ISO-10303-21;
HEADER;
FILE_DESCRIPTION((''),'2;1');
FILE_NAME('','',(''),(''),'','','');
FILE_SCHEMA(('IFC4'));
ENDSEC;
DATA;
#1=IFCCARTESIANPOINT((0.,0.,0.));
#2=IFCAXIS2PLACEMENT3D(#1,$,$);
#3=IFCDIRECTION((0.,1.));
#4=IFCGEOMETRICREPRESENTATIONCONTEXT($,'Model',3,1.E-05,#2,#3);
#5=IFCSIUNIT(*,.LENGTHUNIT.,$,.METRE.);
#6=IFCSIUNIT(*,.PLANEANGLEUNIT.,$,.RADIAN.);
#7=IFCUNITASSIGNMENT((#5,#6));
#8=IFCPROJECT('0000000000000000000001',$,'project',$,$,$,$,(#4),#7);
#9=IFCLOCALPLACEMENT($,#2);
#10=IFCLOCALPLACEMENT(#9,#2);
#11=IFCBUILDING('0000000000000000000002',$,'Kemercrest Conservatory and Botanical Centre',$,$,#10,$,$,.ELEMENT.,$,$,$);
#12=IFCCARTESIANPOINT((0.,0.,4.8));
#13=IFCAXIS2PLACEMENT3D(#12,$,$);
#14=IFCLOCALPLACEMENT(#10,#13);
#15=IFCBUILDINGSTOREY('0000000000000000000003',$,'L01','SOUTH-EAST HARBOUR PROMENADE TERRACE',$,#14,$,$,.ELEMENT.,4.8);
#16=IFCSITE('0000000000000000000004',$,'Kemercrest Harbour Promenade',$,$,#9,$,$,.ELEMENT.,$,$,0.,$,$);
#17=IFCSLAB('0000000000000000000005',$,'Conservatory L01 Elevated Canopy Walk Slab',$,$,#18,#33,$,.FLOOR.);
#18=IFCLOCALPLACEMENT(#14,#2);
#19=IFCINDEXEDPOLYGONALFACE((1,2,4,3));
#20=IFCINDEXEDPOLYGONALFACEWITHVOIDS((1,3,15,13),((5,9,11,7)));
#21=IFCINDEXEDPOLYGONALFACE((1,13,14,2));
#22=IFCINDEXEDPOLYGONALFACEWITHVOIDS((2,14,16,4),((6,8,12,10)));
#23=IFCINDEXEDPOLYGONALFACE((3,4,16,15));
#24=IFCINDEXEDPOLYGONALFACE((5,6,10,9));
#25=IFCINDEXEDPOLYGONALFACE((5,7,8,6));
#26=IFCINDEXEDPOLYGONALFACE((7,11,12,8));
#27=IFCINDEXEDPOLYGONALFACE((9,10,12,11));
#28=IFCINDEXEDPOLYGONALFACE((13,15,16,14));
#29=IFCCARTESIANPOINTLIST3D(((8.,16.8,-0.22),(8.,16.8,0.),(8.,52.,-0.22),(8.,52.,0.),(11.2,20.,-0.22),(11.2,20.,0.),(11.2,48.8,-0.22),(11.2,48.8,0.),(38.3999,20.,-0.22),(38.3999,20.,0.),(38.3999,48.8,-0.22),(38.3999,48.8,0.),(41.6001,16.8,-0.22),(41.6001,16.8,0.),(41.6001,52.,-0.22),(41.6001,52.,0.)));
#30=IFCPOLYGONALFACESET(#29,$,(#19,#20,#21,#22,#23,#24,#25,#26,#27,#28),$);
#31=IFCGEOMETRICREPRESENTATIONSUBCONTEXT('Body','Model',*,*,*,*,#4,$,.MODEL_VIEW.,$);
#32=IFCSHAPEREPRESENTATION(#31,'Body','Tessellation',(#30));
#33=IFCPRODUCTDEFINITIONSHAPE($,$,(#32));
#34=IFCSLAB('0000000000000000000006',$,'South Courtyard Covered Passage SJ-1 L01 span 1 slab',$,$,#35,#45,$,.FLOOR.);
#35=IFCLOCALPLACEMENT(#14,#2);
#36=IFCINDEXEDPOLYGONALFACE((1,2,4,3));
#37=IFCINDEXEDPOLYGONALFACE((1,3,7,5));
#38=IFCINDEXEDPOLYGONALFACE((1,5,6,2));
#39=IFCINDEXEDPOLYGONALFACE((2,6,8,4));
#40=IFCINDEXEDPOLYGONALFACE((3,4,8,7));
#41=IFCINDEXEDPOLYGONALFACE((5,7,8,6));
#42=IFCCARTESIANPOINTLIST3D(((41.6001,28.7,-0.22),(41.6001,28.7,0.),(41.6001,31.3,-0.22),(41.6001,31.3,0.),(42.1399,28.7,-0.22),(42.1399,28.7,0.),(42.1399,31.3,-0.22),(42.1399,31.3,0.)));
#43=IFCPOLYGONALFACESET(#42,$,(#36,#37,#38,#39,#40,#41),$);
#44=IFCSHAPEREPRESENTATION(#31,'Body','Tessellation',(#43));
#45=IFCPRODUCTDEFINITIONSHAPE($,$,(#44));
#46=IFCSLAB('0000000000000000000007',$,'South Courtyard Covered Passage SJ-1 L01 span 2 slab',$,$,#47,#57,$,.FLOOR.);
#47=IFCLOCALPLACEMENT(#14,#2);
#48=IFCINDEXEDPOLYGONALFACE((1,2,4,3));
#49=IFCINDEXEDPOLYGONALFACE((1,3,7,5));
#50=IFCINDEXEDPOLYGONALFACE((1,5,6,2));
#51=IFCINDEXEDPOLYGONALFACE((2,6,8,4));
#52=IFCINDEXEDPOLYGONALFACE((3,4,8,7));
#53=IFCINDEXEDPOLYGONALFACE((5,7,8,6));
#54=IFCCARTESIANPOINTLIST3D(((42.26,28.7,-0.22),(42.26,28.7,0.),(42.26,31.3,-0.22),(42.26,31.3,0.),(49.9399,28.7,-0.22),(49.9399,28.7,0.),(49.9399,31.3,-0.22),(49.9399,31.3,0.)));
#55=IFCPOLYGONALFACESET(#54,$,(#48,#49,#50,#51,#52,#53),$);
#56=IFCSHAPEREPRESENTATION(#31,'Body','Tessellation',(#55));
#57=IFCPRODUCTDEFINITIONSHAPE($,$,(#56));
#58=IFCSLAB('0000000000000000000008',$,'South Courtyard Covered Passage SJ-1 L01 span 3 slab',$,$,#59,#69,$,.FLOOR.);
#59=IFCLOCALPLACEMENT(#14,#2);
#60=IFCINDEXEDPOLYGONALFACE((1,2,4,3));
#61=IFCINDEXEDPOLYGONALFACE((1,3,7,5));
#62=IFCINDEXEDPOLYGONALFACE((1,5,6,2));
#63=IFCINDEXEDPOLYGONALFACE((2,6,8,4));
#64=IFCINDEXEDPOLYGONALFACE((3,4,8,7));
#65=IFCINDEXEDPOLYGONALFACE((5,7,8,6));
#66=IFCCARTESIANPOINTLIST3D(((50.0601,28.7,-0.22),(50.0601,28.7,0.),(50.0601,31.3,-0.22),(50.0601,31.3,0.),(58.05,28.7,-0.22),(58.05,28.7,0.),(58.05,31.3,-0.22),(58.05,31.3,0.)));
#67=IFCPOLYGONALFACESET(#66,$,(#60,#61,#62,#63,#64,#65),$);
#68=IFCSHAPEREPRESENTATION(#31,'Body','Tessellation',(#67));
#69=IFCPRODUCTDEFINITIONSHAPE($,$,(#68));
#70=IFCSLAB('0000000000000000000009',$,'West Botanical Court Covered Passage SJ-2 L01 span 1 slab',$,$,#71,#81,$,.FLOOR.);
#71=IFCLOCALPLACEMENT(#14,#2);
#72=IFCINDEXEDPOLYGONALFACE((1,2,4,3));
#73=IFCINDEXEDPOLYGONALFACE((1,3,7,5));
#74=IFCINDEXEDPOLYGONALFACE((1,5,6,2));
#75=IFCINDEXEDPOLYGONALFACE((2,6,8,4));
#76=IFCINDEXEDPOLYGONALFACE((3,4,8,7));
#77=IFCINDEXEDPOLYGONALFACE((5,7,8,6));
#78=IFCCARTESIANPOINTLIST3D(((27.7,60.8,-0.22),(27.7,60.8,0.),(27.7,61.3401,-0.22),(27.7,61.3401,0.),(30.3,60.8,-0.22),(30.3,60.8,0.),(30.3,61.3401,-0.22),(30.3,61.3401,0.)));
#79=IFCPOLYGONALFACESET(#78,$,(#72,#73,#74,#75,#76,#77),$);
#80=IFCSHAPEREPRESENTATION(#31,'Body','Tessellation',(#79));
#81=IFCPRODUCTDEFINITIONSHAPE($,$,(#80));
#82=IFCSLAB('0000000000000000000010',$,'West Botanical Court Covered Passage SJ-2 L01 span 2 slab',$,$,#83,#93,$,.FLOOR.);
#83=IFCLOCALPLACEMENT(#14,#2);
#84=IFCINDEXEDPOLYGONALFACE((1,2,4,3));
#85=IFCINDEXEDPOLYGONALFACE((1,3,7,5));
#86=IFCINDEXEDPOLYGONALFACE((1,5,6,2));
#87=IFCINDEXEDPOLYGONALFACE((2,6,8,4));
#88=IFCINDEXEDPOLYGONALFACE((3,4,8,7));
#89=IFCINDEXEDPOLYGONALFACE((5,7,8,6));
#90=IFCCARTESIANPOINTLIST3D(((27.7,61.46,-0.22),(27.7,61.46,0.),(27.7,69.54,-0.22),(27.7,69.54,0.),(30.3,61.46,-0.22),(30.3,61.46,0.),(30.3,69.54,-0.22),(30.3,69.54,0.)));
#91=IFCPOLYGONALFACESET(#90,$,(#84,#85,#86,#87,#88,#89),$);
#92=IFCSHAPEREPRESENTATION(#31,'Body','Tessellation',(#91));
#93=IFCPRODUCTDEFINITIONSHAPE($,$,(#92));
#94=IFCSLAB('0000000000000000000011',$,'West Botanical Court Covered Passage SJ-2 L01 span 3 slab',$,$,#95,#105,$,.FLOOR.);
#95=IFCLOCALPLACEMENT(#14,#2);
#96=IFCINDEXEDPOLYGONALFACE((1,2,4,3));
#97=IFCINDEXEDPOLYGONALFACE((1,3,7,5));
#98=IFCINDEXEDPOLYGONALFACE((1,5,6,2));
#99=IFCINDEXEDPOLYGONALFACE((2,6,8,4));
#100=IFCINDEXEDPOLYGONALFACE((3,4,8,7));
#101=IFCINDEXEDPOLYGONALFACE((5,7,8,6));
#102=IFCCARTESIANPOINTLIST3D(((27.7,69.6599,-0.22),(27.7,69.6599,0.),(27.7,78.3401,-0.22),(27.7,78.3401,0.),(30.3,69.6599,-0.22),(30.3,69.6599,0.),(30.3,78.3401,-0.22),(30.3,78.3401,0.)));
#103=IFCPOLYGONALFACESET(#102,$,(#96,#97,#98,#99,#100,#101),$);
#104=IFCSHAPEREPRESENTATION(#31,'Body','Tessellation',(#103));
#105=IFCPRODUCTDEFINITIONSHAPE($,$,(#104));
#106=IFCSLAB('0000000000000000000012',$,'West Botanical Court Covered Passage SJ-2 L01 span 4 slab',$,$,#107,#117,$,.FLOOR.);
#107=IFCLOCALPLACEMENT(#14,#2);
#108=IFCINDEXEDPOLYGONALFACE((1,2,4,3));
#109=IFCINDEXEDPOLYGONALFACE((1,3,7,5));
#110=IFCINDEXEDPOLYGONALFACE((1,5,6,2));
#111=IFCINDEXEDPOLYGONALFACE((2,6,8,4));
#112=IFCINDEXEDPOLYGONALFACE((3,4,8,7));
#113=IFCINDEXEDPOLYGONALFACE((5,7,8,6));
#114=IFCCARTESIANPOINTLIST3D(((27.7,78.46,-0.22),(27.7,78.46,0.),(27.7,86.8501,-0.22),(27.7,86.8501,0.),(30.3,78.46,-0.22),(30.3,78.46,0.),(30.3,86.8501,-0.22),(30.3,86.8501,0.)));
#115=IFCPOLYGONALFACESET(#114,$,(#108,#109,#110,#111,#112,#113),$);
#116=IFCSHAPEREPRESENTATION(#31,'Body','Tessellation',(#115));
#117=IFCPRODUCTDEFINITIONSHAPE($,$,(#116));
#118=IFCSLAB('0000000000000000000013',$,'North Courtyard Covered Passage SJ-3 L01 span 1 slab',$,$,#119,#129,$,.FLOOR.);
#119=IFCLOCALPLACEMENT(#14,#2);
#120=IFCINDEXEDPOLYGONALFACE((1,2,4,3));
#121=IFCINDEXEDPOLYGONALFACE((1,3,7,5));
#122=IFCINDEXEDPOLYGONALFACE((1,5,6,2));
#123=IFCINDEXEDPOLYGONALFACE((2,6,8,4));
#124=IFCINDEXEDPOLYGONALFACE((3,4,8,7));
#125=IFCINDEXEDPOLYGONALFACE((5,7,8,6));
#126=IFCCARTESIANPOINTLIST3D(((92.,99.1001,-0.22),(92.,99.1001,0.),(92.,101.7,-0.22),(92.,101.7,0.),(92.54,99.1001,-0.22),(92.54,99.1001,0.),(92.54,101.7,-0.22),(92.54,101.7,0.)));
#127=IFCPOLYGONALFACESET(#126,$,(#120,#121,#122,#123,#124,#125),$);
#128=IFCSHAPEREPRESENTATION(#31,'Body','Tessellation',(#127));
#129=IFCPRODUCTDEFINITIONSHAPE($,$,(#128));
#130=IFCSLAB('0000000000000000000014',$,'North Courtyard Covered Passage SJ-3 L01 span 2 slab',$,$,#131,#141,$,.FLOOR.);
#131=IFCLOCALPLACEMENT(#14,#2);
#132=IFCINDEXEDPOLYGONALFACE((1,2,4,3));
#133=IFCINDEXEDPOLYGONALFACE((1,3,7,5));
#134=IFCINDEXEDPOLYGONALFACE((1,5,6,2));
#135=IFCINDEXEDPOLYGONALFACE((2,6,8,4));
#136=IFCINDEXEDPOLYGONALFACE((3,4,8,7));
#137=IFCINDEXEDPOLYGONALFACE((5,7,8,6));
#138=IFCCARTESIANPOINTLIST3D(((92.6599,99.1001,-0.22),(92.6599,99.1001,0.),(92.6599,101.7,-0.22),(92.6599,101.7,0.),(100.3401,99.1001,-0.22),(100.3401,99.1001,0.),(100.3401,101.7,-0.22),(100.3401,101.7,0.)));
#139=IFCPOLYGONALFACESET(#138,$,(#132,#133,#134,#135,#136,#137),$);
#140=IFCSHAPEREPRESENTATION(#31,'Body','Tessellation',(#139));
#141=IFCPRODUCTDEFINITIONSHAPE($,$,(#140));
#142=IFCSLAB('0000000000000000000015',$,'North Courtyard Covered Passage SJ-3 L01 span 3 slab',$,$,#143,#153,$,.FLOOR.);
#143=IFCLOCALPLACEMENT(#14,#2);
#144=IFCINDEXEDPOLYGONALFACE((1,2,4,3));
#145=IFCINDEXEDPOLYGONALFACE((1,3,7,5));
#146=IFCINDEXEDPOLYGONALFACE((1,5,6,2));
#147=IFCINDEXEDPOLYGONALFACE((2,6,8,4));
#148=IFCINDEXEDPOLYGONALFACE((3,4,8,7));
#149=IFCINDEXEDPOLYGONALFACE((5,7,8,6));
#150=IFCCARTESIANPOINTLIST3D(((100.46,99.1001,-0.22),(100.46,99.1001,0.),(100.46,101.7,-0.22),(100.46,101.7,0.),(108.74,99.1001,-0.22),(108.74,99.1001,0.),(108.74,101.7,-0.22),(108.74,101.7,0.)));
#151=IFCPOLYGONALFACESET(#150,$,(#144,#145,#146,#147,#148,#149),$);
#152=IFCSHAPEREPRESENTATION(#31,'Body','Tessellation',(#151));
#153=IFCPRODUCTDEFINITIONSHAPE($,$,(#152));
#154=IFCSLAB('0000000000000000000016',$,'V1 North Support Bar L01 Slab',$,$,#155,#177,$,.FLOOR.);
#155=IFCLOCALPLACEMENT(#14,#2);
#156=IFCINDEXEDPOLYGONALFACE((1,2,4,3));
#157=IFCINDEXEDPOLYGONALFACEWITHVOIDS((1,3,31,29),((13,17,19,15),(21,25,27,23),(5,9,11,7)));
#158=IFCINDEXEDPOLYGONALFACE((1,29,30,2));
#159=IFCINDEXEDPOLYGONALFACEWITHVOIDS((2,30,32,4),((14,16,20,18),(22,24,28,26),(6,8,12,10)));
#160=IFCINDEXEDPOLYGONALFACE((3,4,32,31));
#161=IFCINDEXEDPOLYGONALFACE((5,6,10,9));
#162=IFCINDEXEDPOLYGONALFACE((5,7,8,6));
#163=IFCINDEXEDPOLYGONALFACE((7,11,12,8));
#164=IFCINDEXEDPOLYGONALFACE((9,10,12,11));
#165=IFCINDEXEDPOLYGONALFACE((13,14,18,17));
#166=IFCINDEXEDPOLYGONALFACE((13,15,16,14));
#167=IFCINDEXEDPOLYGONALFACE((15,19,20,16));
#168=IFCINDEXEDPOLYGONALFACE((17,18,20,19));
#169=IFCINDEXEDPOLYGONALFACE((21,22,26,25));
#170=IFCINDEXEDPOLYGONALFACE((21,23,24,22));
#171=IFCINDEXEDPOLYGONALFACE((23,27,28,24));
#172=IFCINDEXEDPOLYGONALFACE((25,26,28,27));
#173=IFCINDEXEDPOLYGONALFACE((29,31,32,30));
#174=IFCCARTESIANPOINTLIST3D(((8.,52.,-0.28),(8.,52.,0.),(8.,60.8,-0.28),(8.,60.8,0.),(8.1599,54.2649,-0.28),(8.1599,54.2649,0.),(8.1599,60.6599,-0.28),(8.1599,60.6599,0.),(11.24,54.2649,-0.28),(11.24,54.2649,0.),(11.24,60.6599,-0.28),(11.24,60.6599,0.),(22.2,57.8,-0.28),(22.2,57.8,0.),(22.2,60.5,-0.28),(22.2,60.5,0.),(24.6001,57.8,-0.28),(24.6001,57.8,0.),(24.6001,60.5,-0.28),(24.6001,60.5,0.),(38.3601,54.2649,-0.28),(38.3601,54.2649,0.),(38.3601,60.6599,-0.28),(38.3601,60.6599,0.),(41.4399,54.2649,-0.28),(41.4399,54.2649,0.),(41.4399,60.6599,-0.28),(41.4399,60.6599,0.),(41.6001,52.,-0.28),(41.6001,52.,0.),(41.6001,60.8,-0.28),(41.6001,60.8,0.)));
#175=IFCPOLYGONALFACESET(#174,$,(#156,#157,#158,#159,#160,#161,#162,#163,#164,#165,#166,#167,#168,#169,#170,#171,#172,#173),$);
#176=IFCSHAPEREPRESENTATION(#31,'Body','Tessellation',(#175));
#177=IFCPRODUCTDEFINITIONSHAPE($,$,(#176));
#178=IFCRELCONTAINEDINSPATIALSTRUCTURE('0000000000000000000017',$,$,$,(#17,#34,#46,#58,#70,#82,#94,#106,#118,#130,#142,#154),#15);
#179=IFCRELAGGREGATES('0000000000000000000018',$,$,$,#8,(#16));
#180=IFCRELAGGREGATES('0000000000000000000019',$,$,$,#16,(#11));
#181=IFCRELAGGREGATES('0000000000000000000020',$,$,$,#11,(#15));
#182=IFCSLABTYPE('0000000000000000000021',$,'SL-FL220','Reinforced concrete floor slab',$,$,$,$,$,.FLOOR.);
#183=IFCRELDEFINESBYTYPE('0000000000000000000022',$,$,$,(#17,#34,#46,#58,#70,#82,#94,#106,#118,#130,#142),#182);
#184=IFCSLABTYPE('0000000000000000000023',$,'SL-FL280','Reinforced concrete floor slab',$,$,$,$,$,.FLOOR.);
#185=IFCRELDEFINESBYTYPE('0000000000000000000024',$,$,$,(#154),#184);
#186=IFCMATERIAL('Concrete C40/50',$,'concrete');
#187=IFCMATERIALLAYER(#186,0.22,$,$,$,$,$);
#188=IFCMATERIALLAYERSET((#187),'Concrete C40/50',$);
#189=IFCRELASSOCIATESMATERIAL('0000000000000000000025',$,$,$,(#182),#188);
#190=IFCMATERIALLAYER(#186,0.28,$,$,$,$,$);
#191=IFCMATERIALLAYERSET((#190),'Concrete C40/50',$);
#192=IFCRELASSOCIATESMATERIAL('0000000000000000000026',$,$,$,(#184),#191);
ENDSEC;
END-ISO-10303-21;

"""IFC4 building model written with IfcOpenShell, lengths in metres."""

from ifc_helpers import new_model, si_unit, direction, frame, origin, place, context, subcontext, project, spatial, polyline, outline, extrude, material, layer, layer_set, type_object, element, save


model = new_model("IFC4")

# Units and contexts
model_context = context("Model", 3, precision=1e-05, world=origin(), true_north=direction((0.0, 1.0)))
body_context = subcontext(model_context, "Body", "Model", "MODEL_VIEW")
ifc_project = project(units=[si_unit("LENGTHUNIT", "METRE"), si_unit("PLANEANGLEUNIT", "RADIAN")], contexts=[model_context])

# Site, building, storey
site_placement = place(None, origin())
site = spatial("IfcSite", under=ifc_project, at=site_placement, Name="Kemercrest Harbour Promenade", CompositionType="ELEMENT", RefElevation=0.0)
building_placement = place(site_placement, origin())
building = spatial("IfcBuilding", under=site, at=building_placement, Name="Kemercrest Conservatory and Botanical Centre", CompositionType="ELEMENT")
storey_placement = place(building_placement, frame((0.0, 0.0, 4.8)))
storey = spatial("IfcBuildingStorey", under=building, at=storey_placement, Name="L01", Description="SOUTH-EAST HARBOUR PROMENADE TERRACE", CompositionType="ELEMENT", Elevation=4.8)

# Slabs
ifc_material = material(Name="Concrete C40/50", Category="concrete")
ifc_layer_1 = layer(ifc_material, 0.22)
ifc_layer_set_1 = layer_set([ifc_layer_1], Name="Concrete C40/50")
slab_type_1 = type_object("IfcSlabType", Name="SL-FL220", Description="Reinforced concrete floor slab", PredefinedType="FLOOR", material=ifc_layer_set_1)
slab_1_placement = place(storey_placement, frame((0.0, 0.0, -0.22)))
element("IfcSlab", 1, at=slab_1_placement, inside=storey, type_object=slab_type_1, Name="Conservatory L01 Elevated Canopy Walk Slab", PredefinedType="FLOOR", context=body_context, shape_type="SweptSolid", body=[
    extrude(outline(polyline([(8.0, 16.8), (41.6001, 16.8), (41.6001, 52.0), (8.0, 52.0), (8.0, 16.8)]), holes=[polyline([(11.2, 20.0), (38.3999, 20.0), (38.3999, 48.8), (11.2, 48.8), (11.2, 20.0)])]), origin(), (0.0, 0.0, 1.0), 0.22),
])
slab_2_placement = place(storey_placement, frame((0.0, 0.0, -0.22)))
element("IfcSlab", 2, at=slab_2_placement, inside=storey, type_object=slab_type_1, Name="South Courtyard Covered Passage SJ-1 L01 span 1 slab", PredefinedType="FLOOR", context=body_context, shape_type="SweptSolid", body=[
    extrude(outline(polyline([(41.6001, 28.7), (42.1399, 28.7), (42.1399, 31.3), (41.6001, 31.3), (41.6001, 28.7)])), origin(), (0.0, 0.0, 1.0), 0.22),
])
slab_3_placement = place(storey_placement, frame((0.0, 0.0, -0.22)))
element("IfcSlab", 3, at=slab_3_placement, inside=storey, type_object=slab_type_1, Name="South Courtyard Covered Passage SJ-1 L01 span 2 slab", PredefinedType="FLOOR", context=body_context, shape_type="SweptSolid", body=[
    extrude(outline(polyline([(42.26, 28.7), (49.9399, 28.7), (49.9399, 31.3), (42.26, 31.3), (42.26, 28.7)])), origin(), (0.0, 0.0, 1.0), 0.22),
])
slab_4_placement = place(storey_placement, frame((0.0, 0.0, -0.22)))
element("IfcSlab", 4, at=slab_4_placement, inside=storey, type_object=slab_type_1, Name="South Courtyard Covered Passage SJ-1 L01 span 3 slab", PredefinedType="FLOOR", context=body_context, shape_type="SweptSolid", body=[
    extrude(outline(polyline([(50.0601, 28.7), (58.05, 28.7), (58.05, 31.3), (50.0601, 31.3), (50.0601, 28.7)])), origin(), (0.0, 0.0, 1.0), 0.22),
])
slab_5_placement = place(storey_placement, frame((0.0, 0.0, -0.22)))
element("IfcSlab", 5, at=slab_5_placement, inside=storey, type_object=slab_type_1, Name="West Botanical Court Covered Passage SJ-2 L01 span 1 slab", PredefinedType="FLOOR", context=body_context, shape_type="SweptSolid", body=[
    extrude(outline(polyline([(27.7, 60.8), (30.3, 60.8), (30.3, 61.3401), (27.7, 61.3401), (27.7, 60.8)])), origin(), (0.0, 0.0, 1.0), 0.22),
])
slab_6_placement = place(storey_placement, frame((0.0, 0.0, -0.22)))
element("IfcSlab", 6, at=slab_6_placement, inside=storey, type_object=slab_type_1, Name="West Botanical Court Covered Passage SJ-2 L01 span 2 slab", PredefinedType="FLOOR", context=body_context, shape_type="SweptSolid", body=[
    extrude(outline(polyline([(27.7, 61.46), (30.3, 61.46), (30.3, 69.54), (27.7, 69.54), (27.7, 61.46)])), origin(), (0.0, 0.0, 1.0), 0.22),
])
slab_7_placement = place(storey_placement, frame((0.0, 0.0, -0.22)))
element("IfcSlab", 7, at=slab_7_placement, inside=storey, type_object=slab_type_1, Name="West Botanical Court Covered Passage SJ-2 L01 span 3 slab", PredefinedType="FLOOR", context=body_context, shape_type="SweptSolid", body=[
    extrude(outline(polyline([(27.7, 69.6599), (30.3, 69.6599), (30.3, 78.3401), (27.7, 78.3401), (27.7, 69.6599)])), origin(), (0.0, 0.0, 1.0), 0.22),
])
slab_8_placement = place(storey_placement, frame((0.0, 0.0, -0.22)))
element("IfcSlab", 8, at=slab_8_placement, inside=storey, type_object=slab_type_1, Name="West Botanical Court Covered Passage SJ-2 L01 span 4 slab", PredefinedType="FLOOR", context=body_context, shape_type="SweptSolid", body=[
    extrude(outline(polyline([(27.7, 78.46), (30.3, 78.46), (30.3, 86.8501), (27.7, 86.8501), (27.7, 78.46)])), origin(), (0.0, 0.0, 1.0), 0.22),
])
slab_9_placement = place(storey_placement, frame((0.0, 0.0, -0.22)))
element("IfcSlab", 9, at=slab_9_placement, inside=storey, type_object=slab_type_1, Name="North Courtyard Covered Passage SJ-3 L01 span 1 slab", PredefinedType="FLOOR", context=body_context, shape_type="SweptSolid", body=[
    extrude(outline(polyline([(92.0, 99.1001), (92.54, 99.1001), (92.54, 101.7), (92.0, 101.7), (92.0, 99.1001)])), origin(), (0.0, 0.0, 1.0), 0.22),
])
slab_10_placement = place(storey_placement, frame((0.0, 0.0, -0.22)))
element("IfcSlab", 10, at=slab_10_placement, inside=storey, type_object=slab_type_1, Name="North Courtyard Covered Passage SJ-3 L01 span 2 slab", PredefinedType="FLOOR", context=body_context, shape_type="SweptSolid", body=[
    extrude(outline(polyline([(92.6599, 99.1001), (100.3401, 99.1001), (100.3401, 101.7), (92.6599, 101.7), (92.6599, 99.1001)])), origin(), (0.0, 0.0, 1.0), 0.22),
])
slab_11_placement = place(storey_placement, frame((0.0, 0.0, -0.22)))
element("IfcSlab", 11, at=slab_11_placement, inside=storey, type_object=slab_type_1, Name="North Courtyard Covered Passage SJ-3 L01 span 3 slab", PredefinedType="FLOOR", context=body_context, shape_type="SweptSolid", body=[
    extrude(outline(polyline([(100.46, 99.1001), (108.74, 99.1001), (108.74, 101.7), (100.46, 101.7), (100.46, 99.1001)])), origin(), (0.0, 0.0, 1.0), 0.22),
])
ifc_layer_2 = layer(ifc_material, 0.28)
ifc_layer_set_2 = layer_set([ifc_layer_2], Name="Concrete C40/50")
slab_type_2 = type_object("IfcSlabType", Name="SL-FL280", Description="Reinforced concrete floor slab", PredefinedType="FLOOR", material=ifc_layer_set_2)
slab_12_placement = place(storey_placement, frame((0.0, 0.0, -0.28)))
element("IfcSlab", 12, at=slab_12_placement, inside=storey, type_object=slab_type_2, Name="V1 North Support Bar L01 Slab", PredefinedType="FLOOR", context=body_context, shape_type="SweptSolid", body=[
    extrude(outline(polyline([(8.0, 60.8), (8.0, 52.0), (41.6001, 52.0), (41.6001, 60.8), (8.0, 60.8)]), holes=[polyline([(41.4399, 60.6599), (41.4399, 54.2649), (38.3601, 54.2649), (38.3601, 60.6599), (41.4399, 60.6599)]), polyline([(24.6001, 57.8), (22.2, 57.8), (22.2, 60.5), (24.6001, 60.5), (24.6001, 57.8)]), polyline([(8.1599, 54.2649), (8.1599, 60.6599), (11.24, 60.6599), (11.24, 54.2649), (8.1599, 54.2649)])]), origin(), (0.0, 0.0, 1.0), 0.28),
])

save(model, "model.ifc")
